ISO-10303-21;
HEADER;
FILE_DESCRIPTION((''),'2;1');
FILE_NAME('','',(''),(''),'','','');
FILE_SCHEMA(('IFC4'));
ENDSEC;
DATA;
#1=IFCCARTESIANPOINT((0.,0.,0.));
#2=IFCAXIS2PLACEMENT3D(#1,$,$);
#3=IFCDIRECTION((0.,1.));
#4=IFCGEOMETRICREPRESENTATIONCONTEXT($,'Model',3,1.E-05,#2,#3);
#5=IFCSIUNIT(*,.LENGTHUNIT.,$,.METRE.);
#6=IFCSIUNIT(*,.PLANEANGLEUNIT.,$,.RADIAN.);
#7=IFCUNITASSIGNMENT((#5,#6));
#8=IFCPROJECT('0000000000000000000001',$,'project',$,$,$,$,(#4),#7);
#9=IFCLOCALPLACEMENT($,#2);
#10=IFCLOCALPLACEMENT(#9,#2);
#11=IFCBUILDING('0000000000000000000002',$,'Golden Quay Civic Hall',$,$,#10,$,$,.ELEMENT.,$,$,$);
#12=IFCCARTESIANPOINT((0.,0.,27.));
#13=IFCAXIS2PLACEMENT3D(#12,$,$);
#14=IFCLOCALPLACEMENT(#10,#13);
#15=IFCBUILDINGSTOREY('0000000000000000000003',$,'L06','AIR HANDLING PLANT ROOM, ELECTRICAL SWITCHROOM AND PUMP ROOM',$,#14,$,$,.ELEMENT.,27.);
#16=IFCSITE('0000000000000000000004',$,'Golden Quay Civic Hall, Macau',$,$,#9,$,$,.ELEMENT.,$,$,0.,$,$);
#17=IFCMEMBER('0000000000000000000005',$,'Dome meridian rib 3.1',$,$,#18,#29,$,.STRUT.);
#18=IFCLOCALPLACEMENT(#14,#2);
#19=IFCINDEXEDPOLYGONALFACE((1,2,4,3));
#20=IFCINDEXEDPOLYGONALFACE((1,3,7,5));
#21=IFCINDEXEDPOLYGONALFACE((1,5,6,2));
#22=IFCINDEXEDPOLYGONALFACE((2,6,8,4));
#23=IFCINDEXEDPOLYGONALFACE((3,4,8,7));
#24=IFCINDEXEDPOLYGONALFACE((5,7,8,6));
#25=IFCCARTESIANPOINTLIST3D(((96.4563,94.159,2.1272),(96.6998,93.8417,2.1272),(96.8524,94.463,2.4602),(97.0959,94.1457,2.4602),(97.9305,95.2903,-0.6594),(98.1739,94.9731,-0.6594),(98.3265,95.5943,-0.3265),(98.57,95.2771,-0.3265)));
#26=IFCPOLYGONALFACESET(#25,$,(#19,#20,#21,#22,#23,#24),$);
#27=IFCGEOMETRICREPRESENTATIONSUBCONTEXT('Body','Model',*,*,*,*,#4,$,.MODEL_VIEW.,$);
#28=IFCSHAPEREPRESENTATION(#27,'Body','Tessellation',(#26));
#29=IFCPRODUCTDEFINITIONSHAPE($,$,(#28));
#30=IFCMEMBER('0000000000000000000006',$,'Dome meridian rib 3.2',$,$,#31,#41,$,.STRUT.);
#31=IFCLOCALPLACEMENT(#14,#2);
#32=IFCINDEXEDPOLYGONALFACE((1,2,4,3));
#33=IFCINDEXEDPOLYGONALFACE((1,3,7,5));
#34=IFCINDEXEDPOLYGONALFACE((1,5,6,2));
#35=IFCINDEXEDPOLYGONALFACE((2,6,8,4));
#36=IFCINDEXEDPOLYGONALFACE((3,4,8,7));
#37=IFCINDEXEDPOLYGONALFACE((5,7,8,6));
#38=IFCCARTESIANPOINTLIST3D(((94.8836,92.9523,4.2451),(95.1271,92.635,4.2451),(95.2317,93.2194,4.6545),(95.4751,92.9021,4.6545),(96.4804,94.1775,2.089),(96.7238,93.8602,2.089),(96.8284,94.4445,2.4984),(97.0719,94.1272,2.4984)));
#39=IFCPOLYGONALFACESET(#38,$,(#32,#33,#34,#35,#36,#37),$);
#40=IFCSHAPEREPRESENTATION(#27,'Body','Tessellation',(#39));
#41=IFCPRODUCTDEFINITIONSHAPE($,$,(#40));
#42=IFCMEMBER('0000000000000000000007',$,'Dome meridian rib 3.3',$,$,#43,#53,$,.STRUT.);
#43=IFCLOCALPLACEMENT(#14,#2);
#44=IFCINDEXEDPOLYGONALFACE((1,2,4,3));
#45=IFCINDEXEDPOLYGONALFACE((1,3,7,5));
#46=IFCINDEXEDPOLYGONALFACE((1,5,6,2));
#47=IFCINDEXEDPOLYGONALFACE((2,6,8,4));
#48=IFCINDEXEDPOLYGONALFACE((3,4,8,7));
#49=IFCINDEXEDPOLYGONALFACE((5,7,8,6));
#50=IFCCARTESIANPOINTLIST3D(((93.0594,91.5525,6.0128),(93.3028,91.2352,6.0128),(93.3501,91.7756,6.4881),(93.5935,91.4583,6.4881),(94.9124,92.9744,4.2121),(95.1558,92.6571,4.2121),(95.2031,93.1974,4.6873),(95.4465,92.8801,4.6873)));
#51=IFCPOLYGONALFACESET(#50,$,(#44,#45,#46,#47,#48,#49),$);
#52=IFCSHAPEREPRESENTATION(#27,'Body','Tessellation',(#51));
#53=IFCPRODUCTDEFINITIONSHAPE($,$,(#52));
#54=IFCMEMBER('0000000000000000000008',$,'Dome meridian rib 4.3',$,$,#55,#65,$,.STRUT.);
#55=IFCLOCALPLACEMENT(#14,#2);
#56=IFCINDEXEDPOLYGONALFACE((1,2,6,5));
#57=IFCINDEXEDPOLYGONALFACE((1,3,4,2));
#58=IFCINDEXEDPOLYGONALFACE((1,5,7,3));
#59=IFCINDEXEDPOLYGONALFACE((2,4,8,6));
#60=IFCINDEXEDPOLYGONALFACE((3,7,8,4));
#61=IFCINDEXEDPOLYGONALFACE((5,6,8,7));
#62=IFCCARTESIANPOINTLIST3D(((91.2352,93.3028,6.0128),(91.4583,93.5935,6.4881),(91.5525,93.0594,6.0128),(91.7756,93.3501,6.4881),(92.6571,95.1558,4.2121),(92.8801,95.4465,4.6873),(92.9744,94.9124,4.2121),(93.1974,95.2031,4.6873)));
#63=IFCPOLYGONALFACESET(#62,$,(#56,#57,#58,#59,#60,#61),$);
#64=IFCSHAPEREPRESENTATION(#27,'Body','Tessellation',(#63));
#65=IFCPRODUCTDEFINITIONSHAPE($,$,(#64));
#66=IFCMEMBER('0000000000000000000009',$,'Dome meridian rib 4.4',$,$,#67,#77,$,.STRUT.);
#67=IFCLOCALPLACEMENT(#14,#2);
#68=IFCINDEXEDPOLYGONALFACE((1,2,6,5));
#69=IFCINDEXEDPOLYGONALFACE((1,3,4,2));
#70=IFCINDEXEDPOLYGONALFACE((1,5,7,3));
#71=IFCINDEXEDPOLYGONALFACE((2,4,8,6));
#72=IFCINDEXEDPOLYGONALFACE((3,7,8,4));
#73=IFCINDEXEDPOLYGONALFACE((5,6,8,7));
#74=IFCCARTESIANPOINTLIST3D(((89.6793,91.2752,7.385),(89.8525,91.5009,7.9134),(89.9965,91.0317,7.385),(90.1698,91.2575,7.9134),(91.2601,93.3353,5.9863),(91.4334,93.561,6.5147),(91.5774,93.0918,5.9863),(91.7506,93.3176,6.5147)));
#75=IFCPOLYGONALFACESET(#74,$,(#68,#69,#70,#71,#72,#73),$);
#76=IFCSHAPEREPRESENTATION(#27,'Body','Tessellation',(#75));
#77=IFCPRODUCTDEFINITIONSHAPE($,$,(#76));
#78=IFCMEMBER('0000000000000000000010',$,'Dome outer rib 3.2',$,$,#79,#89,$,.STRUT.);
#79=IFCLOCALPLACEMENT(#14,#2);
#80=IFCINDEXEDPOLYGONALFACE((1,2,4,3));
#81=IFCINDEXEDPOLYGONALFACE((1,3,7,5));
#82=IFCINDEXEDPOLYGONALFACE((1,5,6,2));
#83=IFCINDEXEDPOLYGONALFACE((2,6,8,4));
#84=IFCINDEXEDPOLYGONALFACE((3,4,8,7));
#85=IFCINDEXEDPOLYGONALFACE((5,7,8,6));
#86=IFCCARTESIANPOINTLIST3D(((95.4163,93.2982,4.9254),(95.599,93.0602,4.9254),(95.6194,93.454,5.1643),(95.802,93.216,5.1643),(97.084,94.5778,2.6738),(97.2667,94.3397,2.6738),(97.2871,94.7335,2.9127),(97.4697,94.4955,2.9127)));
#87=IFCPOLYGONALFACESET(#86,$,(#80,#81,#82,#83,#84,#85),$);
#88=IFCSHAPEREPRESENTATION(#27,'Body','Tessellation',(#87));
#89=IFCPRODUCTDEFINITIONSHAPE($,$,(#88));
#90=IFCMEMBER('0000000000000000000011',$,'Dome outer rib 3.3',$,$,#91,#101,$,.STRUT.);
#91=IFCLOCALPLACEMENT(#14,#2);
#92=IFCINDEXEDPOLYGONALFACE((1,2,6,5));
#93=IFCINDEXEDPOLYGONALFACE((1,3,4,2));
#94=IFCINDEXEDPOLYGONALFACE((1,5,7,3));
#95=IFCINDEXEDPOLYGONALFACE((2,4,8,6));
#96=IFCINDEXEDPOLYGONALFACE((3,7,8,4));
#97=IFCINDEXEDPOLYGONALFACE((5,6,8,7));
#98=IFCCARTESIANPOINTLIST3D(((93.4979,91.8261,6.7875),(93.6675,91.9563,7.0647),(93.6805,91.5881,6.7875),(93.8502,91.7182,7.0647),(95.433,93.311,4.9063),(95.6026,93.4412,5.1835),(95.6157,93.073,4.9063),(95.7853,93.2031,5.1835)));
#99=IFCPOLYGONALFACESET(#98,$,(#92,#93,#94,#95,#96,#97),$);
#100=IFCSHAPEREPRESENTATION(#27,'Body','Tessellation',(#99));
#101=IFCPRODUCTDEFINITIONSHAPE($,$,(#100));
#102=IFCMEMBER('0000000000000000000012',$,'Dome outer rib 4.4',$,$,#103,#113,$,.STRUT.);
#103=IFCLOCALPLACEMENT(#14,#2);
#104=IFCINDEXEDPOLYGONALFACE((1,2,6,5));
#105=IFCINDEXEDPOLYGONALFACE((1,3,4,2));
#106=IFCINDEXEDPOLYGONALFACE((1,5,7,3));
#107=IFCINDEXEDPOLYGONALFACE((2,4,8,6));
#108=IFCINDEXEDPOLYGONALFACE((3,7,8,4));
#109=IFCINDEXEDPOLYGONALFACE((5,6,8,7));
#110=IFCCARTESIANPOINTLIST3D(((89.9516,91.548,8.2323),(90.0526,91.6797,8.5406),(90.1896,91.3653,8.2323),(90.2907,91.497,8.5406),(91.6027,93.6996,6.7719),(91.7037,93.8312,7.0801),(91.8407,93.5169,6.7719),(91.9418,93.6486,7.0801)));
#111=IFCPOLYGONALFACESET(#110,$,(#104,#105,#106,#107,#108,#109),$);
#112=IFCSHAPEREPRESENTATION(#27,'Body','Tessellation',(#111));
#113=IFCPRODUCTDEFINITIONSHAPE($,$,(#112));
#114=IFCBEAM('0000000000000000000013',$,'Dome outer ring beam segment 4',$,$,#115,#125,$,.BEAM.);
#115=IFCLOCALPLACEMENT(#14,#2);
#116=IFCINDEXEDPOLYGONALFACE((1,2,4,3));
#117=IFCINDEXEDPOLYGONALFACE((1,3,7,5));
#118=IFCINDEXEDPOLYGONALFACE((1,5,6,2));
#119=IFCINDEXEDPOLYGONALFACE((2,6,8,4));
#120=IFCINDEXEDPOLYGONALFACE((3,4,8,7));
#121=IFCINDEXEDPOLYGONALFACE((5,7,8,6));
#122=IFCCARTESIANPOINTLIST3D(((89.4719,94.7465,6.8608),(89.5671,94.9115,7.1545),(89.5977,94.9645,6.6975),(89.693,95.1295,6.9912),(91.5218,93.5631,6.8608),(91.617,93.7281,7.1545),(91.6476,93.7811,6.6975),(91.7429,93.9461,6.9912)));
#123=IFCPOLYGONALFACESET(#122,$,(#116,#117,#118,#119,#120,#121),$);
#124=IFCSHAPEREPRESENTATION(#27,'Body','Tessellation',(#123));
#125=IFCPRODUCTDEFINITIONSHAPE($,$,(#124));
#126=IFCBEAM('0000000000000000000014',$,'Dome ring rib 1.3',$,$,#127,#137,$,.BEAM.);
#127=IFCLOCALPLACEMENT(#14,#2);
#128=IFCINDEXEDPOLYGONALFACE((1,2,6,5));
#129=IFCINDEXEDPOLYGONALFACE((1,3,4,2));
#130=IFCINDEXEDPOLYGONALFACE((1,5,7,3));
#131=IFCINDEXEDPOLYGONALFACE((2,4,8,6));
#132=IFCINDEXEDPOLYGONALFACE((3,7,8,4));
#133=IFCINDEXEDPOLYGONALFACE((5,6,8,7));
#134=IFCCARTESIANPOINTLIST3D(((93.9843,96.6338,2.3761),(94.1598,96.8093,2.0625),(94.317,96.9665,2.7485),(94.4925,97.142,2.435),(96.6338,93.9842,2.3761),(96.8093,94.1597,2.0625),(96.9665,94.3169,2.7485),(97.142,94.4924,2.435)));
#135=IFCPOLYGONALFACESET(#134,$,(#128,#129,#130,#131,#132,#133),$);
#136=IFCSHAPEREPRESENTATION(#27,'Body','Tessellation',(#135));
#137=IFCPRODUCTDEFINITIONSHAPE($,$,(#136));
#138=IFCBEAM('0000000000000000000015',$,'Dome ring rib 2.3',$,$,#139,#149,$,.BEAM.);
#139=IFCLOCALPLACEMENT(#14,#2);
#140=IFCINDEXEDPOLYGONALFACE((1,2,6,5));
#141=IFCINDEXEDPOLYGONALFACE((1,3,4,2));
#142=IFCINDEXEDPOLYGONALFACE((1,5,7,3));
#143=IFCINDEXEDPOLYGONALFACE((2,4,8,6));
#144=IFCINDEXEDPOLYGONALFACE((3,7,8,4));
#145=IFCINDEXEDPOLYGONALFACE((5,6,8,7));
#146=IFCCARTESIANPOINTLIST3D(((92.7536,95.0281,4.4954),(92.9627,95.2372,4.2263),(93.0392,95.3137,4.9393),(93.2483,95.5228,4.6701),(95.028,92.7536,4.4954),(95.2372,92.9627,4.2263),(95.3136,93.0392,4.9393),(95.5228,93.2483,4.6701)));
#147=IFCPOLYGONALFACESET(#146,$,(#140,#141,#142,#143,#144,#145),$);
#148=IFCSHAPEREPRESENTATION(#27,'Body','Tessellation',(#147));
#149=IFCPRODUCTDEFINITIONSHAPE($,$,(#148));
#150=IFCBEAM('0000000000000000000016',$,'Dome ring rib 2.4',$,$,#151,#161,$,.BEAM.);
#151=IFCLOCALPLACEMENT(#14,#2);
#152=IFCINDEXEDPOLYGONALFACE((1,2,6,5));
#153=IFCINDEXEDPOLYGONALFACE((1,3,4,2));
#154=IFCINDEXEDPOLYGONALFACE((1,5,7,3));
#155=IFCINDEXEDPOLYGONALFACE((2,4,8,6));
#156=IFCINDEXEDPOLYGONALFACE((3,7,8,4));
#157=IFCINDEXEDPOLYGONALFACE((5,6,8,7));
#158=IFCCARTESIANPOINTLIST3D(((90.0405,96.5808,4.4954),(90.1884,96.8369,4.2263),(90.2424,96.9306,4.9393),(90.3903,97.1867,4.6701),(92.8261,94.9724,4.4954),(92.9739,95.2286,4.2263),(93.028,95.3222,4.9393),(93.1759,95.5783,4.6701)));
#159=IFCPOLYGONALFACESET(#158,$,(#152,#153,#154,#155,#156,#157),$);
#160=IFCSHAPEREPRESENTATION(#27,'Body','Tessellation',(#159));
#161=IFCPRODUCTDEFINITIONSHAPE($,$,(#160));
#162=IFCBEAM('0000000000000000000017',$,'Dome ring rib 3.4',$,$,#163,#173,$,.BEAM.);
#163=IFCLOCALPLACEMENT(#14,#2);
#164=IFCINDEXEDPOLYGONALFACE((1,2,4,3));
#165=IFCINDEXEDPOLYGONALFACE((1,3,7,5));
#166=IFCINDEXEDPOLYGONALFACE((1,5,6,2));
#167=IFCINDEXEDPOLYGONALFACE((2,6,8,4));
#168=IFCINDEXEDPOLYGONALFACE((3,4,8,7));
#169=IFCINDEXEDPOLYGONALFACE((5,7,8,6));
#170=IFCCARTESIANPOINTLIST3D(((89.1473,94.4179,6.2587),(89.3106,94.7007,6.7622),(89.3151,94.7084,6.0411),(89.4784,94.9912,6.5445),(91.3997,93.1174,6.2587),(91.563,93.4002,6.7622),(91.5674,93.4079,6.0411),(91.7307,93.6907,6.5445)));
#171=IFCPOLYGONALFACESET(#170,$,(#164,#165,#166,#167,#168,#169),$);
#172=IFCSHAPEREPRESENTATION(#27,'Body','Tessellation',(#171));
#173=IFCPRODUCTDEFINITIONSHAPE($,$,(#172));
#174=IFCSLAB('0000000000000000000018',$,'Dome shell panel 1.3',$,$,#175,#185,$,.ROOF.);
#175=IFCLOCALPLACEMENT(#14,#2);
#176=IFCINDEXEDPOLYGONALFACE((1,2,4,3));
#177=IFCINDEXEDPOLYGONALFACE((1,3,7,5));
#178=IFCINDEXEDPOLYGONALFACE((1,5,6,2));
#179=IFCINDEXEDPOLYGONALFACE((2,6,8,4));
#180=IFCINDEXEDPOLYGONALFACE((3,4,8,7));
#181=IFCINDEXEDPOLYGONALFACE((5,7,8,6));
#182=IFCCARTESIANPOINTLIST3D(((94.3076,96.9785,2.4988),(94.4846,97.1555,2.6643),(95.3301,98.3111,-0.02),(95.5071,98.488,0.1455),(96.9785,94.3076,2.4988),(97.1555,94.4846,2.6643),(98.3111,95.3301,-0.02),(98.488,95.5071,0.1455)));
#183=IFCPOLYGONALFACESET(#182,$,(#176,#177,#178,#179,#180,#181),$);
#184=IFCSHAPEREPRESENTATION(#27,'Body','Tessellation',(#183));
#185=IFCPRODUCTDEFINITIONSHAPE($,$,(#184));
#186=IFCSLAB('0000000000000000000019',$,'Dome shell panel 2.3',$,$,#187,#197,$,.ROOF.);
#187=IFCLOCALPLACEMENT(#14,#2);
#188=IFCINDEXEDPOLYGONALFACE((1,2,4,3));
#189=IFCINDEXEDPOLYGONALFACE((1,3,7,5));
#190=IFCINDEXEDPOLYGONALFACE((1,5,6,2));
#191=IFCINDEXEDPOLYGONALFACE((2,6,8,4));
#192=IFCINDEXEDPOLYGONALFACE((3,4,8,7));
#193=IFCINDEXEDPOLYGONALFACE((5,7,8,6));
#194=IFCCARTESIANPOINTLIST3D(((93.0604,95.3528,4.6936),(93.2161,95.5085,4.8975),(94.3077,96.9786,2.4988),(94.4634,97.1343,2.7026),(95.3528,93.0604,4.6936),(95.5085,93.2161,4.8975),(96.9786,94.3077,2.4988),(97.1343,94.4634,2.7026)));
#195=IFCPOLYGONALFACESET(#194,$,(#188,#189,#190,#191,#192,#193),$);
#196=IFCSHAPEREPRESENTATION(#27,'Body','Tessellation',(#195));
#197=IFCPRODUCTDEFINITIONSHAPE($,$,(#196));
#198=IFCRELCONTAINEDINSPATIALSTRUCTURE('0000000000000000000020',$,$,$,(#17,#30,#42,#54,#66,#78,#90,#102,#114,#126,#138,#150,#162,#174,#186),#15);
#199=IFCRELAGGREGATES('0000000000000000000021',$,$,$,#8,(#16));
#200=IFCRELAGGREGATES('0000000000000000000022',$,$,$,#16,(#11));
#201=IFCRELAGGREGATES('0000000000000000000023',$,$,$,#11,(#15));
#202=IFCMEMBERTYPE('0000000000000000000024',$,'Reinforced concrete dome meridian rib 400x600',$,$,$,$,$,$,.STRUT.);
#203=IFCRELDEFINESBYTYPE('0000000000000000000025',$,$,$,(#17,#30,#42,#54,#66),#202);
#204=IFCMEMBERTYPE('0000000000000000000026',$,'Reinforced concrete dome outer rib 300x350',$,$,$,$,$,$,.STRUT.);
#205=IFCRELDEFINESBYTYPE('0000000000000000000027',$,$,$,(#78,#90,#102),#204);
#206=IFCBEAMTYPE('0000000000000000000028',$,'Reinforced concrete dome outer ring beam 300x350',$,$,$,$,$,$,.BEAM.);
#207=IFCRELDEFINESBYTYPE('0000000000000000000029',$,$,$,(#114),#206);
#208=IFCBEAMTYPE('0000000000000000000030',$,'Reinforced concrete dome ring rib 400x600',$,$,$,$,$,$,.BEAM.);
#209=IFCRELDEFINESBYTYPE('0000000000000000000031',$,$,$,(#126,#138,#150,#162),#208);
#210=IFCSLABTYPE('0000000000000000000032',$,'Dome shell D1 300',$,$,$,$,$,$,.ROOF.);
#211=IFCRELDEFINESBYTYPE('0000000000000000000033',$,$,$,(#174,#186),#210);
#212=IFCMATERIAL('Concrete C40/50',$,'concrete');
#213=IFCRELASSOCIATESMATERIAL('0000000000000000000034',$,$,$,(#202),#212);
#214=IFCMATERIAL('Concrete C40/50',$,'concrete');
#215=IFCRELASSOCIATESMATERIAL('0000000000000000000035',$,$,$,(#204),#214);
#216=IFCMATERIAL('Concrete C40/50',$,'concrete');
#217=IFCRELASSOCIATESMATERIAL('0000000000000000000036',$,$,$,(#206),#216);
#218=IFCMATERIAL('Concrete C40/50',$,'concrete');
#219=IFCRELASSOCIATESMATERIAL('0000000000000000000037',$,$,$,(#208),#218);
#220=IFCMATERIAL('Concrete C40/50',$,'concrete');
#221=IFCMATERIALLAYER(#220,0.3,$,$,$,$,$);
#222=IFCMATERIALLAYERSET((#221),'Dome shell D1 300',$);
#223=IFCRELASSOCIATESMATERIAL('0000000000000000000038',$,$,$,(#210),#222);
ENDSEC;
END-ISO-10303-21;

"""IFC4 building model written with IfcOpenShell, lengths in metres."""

from ifc_helpers import new_model, si_unit, direction, frame, origin, origin_2d, place, context, subcontext, project, spatial, polyline, rectangle, outline, extrude, material, layer, layer_set, material_profile, profile_set, type_object, element, save


model = new_model("IFC4")

# Units and contexts
model_context = context("Model", 3, precision=1e-05, world=origin(), true_north=direction((0.0, 1.0)))
body_context = subcontext(model_context, "Body", "Model", "MODEL_VIEW")
ifc_project = project(units=[si_unit("LENGTHUNIT", "METRE"), si_unit("PLANEANGLEUNIT", "RADIAN")], contexts=[model_context])

# Site, building, storey
site_placement = place(None, origin())
site = spatial("IfcSite", under=ifc_project, at=site_placement, Name="Golden Quay Civic Hall, Macau", CompositionType="ELEMENT", RefElevation=0.0)
building_placement = place(site_placement, origin())
building = spatial("IfcBuilding", under=site, at=building_placement, Name="Golden Quay Civic Hall", CompositionType="ELEMENT")
storey_placement = place(building_placement, frame((0.0, 0.0, 27.0)))
storey = spatial("IfcBuildingStorey", under=building, at=storey_placement, Name="L06", Description="AIR HANDLING PLANT ROOM, ELECTRICAL SWITCHROOM AND PUMP ROOM", CompositionType="ELEMENT", Elevation=27.0)

# Members
ifc_material_1 = material(Name="Concrete C40/50", Category="concrete")
ifc_material_profile_1 = material_profile(ifc_material_1, rectangle(XDim=0.3999, YDim=0.6001, at=origin_2d()), Name="RC 400x600")
ifc_profile_set_1 = profile_set([ifc_material_profile_1], Name="Concrete C40/50")
member_type_1 = type_object("IfcMemberType", Name="Reinforced concrete dome meridian rib 400x600", PredefinedType="STRUT", material=ifc_profile_set_1)
member_1_placement = place(storey_placement, frame((98.2502, 95.2837, -0.4929), z_axis=(-0.44012, -0.33778, 0.831985), x_axis=(0.608834, -0.793298, 0.0)))
element("IfcMember", 1, at=member_1_placement, inside=storey, type_object=member_type_1, Name="Dome meridian rib 3.1", PredefinedType="STRUT", context=body_context, shape_type="SweptSolid", body=[
    extrude(rectangle(XDim=0.3999, YDim=0.6001, at=origin_2d()), origin(), (0.0, 0.0, 1.0), 3.3494),
])
member_2_placement = place(storey_placement, frame((96.7761, 94.1523, 2.2937), z_axis=(-0.541368, -0.41538, 0.731013), x_axis=(0.608737, -0.793372, 0.0)))
element("IfcMember", 2, at=member_2_placement, inside=storey, type_object=member_type_1, Name="Dome meridian rib 3.2", PredefinedType="STRUT", context=body_context, shape_type="SweptSolid", body=[
    extrude(rectangle(XDim=0.3999, YDim=0.6001, at=origin_2d()), origin(), (0.0, 0.0, 1.0), 2.9495),
])
for number, where, z_axis, x_axis, name in (
    (3, (95.1794, 92.9272, 4.4497), (-0.628298, -0.482109, 0.610583), (0.608761, -0.793354, 0.0), "Dome meridian rib 3.3"),
    (4, (92.9272, 95.1794, 4.4497), (-0.482109, -0.628298, 0.610583), (0.793354, -0.608761, 0.0), "Dome meridian rib 4.3"),
):
    element("IfcMember", number, at=place(storey_placement, frame(where, z_axis=z_axis, x_axis=x_axis)), inside=storey, type_object=member_type_1, Name=name, PredefinedType="STRUT", context=body_context, shape_type="SweptSolid", body=[
        extrude(rectangle(XDim=0.3999, YDim=0.6001, at=origin_2d()), origin(), (0.0, 0.0, 1.0), 2.9492),
    ])
member_3_placement = place(storey_placement, frame((91.5054, 93.3264, 6.2505), z_axis=(-0.535972, -0.698461, 0.474222), x_axis=(0.79334, -0.608779, 0.0)))
element("IfcMember", 5, at=member_3_placement, inside=storey, type_object=member_type_1, Name="Dome meridian rib 4.4", PredefinedType="STRUT", context=body_context, shape_type="SweptSolid", body=[
    extrude(rectangle(XDim=0.3999, YDim=0.6001, at=origin_2d()), origin(), (0.0, 0.0, 1.0), 2.9495),
])
ifc_material_2 = material(Name="Concrete C40/50", Category="concrete")
ifc_material_profile_2 = material_profile(ifc_material_2, rectangle(XDim=0.3, YDim=0.3501, at=origin_2d()), Name="RC 300x350")
ifc_profile_set_2 = profile_set([ifc_material_profile_2], Name="Concrete C40/50")
member_type_2 = type_object("IfcMemberType", Name="Reinforced concrete dome outer rib 300x350", PredefinedType="STRUT", material=ifc_profile_set_2)
for number, where, z_axis, x_axis, name in (
    (6, (97.2769, 94.5366, 2.7932), (-0.541403, -0.415385, 0.730985), (0.608717, -0.793388, 0.0), "Dome outer rib 3.2"),
    (7, (95.6091, 93.2571, 5.0449), (-0.628219, -0.482062, 0.610702), (0.608772, -0.793345, 0.0), "Dome outer rib 3.3"),
    (8, (91.7722, 93.6741, 6.926), (-0.536018, -0.698496, 0.474118), (0.79333, -0.608792, 0.0), "Dome outer rib 4.4"),
):
    element("IfcMember", number, at=place(storey_placement, frame(where, z_axis=z_axis, x_axis=x_axis)), inside=storey, type_object=member_type_2, Name=name, PredefinedType="STRUT", context=body_context, shape_type="SweptSolid", body=[
        extrude(rectangle(XDim=0.3, YDim=0.3501, at=origin_2d()), origin(), (0.0, 0.0, 1.0), 3.0803),
    ])

# Beams
ifc_material_3 = material(Name="Concrete C40/50", Category="concrete")
ifc_material_profile_3 = material_profile(ifc_material_3, rectangle(XDim=0.3, YDim=0.3501, at=origin_2d()), Name="RC 300x350")
ifc_profile_set_3 = profile_set([ifc_material_profile_3], Name="Concrete C40/50")
beam_type_1 = type_object("IfcBeamType", Name="Reinforced concrete dome outer ring beam 300x350", PredefinedType="BEAM", material=ifc_profile_set_3)
beam_1_placement = place(storey_placement, frame((91.6323, 93.7546, 6.926), z_axis=(-0.866045, 0.499967, 0.0), x_axis=(-0.419447, -0.726568, 0.544209)))
element("IfcBeam", 9, at=beam_1_placement, inside=storey, type_object=beam_type_1, Name="Dome outer ring beam segment 4", PredefinedType="BEAM", context=body_context, shape_type="SweptSolid", body=[
    extrude(rectangle(XDim=0.3, YDim=0.3501, at=origin_2d()), origin(), (0.0, 0.0, 1.0), 2.3669),
])
ifc_material_4 = material(Name="Concrete C40/50", Category="concrete")
ifc_material_profile_4 = material_profile(ifc_material_4, rectangle(XDim=0.3999, YDim=0.6001, at=origin_2d()), Name="RC 400x600")
ifc_profile_set_4 = profile_set([ifc_material_profile_4], Name="Concrete C40/50")
beam_type_2 = type_object("IfcBeamType", Name="Reinforced concrete dome ring rib 400x600", PredefinedType="BEAM", material=ifc_profile_set_4)
beam_2_placement = place(storey_placement, frame((96.8879, 94.2383, 2.4055), z_axis=(-0.707107, 0.707107, 0.0), x_axis=(-0.438873, -0.438873, 0.784079)))
element("IfcBeam", 10, at=beam_2_placement, inside=storey, type_object=beam_type_2, Name="Dome ring rib 1.3", PredefinedType="BEAM", context=body_context, shape_type="SweptSolid", body=[
    extrude(rectangle(XDim=0.3999, YDim=0.6001, at=origin_2d()), origin(), (0.0, 0.0, 1.0), 3.7471),
])
for number, where, z_axis, x_axis, name in (
    (11, (95.2754, 93.001, 4.5828), (-0.707107, 0.707107, 0.0), (-0.522972, -0.522972, 0.673053), "Dome ring rib 2.3"),
    (12, (93.001, 95.2754, 4.5828), (-0.866011, 0.500025, 0.0), (-0.369816, -0.640497, 0.673053), "Dome ring rib 2.4"),
):
    element("IfcBeam", number, at=place(storey_placement, frame(where, z_axis=z_axis, x_axis=x_axis)), inside=storey, type_object=beam_type_2, Name=name, PredefinedType="BEAM", context=body_context, shape_type="SweptSolid", body=[
        extrude(rectangle(XDim=0.3999, YDim=0.6001, at=origin_2d()), origin(), (0.0, 0.0, 1.0), 3.2166),
    ])
beam_3_placement = place(storey_placement, frame((91.5652, 93.4041, 6.4016), z_axis=(-0.866011, 0.500026, 0.0), x_axis=(-0.419497, -0.726539, 0.544209)))
element("IfcBeam", 13, at=beam_3_placement, inside=storey, type_object=beam_type_2, Name="Dome ring rib 3.4", PredefinedType="BEAM", context=body_context, shape_type="SweptSolid", body=[
    extrude(rectangle(XDim=0.3999, YDim=0.6001, at=origin_2d()), origin(), (0.0, 0.0, 1.0), 2.6008),
])

# Slabs
ifc_material_5 = material(Name="Concrete C40/50", Category="concrete")
ifc_layer_1 = layer(ifc_material_5, 0.3)
ifc_layer_set_1 = layer_set([ifc_layer_1], Name="Dome shell D1 300")
slab_type = type_object("IfcSlabType", Name="Dome shell D1 300", PredefinedType="ROOF", material=ifc_layer_set_1)
slab_1_placement = place(storey_placement, frame((98.488, 95.5071, 0.1455), z_axis=(0.589855, 0.589855, 0.551492), x_axis=(-0.707107, 0.707107, 0.0)))
element("IfcSlab", 14, at=slab_1_placement, inside=storey, type_object=slab_type, Name="Dome shell panel 1.3", PredefinedType="ROOF", context=body_context, shape_type="SweptSolid", body=[
    extrude(outline(polyline([(0.0, 0.0), (4.2157, 0.0), (3.9965, 3.0195), (0.2192, 3.0195), (0.0, 0.0)])), origin(), (0.0, 0.0, -1.0), 0.3),
])
slab_2_placement = place(storey_placement, frame((97.1343, 94.4634, 2.7026), z_axis=(0.518929, 0.518929, 0.679283), x_axis=(-0.707107, 0.707107, 0.0)))
element("IfcSlab", 15, at=slab_2_placement, inside=storey, type_object=slab_type, Name="Dome shell panel 2.3", PredefinedType="ROOF", context=body_context, shape_type="SweptSolid", body=[
    extrude(outline(polyline([(0.0, 0.0), (3.7772, 0.0), (3.5096, 2.9907), (0.2676, 2.9907), (0.0, 0.0)])), origin(), (0.0, 0.0, -1.0), 0.3),
])

save(model, "model.ifc")
